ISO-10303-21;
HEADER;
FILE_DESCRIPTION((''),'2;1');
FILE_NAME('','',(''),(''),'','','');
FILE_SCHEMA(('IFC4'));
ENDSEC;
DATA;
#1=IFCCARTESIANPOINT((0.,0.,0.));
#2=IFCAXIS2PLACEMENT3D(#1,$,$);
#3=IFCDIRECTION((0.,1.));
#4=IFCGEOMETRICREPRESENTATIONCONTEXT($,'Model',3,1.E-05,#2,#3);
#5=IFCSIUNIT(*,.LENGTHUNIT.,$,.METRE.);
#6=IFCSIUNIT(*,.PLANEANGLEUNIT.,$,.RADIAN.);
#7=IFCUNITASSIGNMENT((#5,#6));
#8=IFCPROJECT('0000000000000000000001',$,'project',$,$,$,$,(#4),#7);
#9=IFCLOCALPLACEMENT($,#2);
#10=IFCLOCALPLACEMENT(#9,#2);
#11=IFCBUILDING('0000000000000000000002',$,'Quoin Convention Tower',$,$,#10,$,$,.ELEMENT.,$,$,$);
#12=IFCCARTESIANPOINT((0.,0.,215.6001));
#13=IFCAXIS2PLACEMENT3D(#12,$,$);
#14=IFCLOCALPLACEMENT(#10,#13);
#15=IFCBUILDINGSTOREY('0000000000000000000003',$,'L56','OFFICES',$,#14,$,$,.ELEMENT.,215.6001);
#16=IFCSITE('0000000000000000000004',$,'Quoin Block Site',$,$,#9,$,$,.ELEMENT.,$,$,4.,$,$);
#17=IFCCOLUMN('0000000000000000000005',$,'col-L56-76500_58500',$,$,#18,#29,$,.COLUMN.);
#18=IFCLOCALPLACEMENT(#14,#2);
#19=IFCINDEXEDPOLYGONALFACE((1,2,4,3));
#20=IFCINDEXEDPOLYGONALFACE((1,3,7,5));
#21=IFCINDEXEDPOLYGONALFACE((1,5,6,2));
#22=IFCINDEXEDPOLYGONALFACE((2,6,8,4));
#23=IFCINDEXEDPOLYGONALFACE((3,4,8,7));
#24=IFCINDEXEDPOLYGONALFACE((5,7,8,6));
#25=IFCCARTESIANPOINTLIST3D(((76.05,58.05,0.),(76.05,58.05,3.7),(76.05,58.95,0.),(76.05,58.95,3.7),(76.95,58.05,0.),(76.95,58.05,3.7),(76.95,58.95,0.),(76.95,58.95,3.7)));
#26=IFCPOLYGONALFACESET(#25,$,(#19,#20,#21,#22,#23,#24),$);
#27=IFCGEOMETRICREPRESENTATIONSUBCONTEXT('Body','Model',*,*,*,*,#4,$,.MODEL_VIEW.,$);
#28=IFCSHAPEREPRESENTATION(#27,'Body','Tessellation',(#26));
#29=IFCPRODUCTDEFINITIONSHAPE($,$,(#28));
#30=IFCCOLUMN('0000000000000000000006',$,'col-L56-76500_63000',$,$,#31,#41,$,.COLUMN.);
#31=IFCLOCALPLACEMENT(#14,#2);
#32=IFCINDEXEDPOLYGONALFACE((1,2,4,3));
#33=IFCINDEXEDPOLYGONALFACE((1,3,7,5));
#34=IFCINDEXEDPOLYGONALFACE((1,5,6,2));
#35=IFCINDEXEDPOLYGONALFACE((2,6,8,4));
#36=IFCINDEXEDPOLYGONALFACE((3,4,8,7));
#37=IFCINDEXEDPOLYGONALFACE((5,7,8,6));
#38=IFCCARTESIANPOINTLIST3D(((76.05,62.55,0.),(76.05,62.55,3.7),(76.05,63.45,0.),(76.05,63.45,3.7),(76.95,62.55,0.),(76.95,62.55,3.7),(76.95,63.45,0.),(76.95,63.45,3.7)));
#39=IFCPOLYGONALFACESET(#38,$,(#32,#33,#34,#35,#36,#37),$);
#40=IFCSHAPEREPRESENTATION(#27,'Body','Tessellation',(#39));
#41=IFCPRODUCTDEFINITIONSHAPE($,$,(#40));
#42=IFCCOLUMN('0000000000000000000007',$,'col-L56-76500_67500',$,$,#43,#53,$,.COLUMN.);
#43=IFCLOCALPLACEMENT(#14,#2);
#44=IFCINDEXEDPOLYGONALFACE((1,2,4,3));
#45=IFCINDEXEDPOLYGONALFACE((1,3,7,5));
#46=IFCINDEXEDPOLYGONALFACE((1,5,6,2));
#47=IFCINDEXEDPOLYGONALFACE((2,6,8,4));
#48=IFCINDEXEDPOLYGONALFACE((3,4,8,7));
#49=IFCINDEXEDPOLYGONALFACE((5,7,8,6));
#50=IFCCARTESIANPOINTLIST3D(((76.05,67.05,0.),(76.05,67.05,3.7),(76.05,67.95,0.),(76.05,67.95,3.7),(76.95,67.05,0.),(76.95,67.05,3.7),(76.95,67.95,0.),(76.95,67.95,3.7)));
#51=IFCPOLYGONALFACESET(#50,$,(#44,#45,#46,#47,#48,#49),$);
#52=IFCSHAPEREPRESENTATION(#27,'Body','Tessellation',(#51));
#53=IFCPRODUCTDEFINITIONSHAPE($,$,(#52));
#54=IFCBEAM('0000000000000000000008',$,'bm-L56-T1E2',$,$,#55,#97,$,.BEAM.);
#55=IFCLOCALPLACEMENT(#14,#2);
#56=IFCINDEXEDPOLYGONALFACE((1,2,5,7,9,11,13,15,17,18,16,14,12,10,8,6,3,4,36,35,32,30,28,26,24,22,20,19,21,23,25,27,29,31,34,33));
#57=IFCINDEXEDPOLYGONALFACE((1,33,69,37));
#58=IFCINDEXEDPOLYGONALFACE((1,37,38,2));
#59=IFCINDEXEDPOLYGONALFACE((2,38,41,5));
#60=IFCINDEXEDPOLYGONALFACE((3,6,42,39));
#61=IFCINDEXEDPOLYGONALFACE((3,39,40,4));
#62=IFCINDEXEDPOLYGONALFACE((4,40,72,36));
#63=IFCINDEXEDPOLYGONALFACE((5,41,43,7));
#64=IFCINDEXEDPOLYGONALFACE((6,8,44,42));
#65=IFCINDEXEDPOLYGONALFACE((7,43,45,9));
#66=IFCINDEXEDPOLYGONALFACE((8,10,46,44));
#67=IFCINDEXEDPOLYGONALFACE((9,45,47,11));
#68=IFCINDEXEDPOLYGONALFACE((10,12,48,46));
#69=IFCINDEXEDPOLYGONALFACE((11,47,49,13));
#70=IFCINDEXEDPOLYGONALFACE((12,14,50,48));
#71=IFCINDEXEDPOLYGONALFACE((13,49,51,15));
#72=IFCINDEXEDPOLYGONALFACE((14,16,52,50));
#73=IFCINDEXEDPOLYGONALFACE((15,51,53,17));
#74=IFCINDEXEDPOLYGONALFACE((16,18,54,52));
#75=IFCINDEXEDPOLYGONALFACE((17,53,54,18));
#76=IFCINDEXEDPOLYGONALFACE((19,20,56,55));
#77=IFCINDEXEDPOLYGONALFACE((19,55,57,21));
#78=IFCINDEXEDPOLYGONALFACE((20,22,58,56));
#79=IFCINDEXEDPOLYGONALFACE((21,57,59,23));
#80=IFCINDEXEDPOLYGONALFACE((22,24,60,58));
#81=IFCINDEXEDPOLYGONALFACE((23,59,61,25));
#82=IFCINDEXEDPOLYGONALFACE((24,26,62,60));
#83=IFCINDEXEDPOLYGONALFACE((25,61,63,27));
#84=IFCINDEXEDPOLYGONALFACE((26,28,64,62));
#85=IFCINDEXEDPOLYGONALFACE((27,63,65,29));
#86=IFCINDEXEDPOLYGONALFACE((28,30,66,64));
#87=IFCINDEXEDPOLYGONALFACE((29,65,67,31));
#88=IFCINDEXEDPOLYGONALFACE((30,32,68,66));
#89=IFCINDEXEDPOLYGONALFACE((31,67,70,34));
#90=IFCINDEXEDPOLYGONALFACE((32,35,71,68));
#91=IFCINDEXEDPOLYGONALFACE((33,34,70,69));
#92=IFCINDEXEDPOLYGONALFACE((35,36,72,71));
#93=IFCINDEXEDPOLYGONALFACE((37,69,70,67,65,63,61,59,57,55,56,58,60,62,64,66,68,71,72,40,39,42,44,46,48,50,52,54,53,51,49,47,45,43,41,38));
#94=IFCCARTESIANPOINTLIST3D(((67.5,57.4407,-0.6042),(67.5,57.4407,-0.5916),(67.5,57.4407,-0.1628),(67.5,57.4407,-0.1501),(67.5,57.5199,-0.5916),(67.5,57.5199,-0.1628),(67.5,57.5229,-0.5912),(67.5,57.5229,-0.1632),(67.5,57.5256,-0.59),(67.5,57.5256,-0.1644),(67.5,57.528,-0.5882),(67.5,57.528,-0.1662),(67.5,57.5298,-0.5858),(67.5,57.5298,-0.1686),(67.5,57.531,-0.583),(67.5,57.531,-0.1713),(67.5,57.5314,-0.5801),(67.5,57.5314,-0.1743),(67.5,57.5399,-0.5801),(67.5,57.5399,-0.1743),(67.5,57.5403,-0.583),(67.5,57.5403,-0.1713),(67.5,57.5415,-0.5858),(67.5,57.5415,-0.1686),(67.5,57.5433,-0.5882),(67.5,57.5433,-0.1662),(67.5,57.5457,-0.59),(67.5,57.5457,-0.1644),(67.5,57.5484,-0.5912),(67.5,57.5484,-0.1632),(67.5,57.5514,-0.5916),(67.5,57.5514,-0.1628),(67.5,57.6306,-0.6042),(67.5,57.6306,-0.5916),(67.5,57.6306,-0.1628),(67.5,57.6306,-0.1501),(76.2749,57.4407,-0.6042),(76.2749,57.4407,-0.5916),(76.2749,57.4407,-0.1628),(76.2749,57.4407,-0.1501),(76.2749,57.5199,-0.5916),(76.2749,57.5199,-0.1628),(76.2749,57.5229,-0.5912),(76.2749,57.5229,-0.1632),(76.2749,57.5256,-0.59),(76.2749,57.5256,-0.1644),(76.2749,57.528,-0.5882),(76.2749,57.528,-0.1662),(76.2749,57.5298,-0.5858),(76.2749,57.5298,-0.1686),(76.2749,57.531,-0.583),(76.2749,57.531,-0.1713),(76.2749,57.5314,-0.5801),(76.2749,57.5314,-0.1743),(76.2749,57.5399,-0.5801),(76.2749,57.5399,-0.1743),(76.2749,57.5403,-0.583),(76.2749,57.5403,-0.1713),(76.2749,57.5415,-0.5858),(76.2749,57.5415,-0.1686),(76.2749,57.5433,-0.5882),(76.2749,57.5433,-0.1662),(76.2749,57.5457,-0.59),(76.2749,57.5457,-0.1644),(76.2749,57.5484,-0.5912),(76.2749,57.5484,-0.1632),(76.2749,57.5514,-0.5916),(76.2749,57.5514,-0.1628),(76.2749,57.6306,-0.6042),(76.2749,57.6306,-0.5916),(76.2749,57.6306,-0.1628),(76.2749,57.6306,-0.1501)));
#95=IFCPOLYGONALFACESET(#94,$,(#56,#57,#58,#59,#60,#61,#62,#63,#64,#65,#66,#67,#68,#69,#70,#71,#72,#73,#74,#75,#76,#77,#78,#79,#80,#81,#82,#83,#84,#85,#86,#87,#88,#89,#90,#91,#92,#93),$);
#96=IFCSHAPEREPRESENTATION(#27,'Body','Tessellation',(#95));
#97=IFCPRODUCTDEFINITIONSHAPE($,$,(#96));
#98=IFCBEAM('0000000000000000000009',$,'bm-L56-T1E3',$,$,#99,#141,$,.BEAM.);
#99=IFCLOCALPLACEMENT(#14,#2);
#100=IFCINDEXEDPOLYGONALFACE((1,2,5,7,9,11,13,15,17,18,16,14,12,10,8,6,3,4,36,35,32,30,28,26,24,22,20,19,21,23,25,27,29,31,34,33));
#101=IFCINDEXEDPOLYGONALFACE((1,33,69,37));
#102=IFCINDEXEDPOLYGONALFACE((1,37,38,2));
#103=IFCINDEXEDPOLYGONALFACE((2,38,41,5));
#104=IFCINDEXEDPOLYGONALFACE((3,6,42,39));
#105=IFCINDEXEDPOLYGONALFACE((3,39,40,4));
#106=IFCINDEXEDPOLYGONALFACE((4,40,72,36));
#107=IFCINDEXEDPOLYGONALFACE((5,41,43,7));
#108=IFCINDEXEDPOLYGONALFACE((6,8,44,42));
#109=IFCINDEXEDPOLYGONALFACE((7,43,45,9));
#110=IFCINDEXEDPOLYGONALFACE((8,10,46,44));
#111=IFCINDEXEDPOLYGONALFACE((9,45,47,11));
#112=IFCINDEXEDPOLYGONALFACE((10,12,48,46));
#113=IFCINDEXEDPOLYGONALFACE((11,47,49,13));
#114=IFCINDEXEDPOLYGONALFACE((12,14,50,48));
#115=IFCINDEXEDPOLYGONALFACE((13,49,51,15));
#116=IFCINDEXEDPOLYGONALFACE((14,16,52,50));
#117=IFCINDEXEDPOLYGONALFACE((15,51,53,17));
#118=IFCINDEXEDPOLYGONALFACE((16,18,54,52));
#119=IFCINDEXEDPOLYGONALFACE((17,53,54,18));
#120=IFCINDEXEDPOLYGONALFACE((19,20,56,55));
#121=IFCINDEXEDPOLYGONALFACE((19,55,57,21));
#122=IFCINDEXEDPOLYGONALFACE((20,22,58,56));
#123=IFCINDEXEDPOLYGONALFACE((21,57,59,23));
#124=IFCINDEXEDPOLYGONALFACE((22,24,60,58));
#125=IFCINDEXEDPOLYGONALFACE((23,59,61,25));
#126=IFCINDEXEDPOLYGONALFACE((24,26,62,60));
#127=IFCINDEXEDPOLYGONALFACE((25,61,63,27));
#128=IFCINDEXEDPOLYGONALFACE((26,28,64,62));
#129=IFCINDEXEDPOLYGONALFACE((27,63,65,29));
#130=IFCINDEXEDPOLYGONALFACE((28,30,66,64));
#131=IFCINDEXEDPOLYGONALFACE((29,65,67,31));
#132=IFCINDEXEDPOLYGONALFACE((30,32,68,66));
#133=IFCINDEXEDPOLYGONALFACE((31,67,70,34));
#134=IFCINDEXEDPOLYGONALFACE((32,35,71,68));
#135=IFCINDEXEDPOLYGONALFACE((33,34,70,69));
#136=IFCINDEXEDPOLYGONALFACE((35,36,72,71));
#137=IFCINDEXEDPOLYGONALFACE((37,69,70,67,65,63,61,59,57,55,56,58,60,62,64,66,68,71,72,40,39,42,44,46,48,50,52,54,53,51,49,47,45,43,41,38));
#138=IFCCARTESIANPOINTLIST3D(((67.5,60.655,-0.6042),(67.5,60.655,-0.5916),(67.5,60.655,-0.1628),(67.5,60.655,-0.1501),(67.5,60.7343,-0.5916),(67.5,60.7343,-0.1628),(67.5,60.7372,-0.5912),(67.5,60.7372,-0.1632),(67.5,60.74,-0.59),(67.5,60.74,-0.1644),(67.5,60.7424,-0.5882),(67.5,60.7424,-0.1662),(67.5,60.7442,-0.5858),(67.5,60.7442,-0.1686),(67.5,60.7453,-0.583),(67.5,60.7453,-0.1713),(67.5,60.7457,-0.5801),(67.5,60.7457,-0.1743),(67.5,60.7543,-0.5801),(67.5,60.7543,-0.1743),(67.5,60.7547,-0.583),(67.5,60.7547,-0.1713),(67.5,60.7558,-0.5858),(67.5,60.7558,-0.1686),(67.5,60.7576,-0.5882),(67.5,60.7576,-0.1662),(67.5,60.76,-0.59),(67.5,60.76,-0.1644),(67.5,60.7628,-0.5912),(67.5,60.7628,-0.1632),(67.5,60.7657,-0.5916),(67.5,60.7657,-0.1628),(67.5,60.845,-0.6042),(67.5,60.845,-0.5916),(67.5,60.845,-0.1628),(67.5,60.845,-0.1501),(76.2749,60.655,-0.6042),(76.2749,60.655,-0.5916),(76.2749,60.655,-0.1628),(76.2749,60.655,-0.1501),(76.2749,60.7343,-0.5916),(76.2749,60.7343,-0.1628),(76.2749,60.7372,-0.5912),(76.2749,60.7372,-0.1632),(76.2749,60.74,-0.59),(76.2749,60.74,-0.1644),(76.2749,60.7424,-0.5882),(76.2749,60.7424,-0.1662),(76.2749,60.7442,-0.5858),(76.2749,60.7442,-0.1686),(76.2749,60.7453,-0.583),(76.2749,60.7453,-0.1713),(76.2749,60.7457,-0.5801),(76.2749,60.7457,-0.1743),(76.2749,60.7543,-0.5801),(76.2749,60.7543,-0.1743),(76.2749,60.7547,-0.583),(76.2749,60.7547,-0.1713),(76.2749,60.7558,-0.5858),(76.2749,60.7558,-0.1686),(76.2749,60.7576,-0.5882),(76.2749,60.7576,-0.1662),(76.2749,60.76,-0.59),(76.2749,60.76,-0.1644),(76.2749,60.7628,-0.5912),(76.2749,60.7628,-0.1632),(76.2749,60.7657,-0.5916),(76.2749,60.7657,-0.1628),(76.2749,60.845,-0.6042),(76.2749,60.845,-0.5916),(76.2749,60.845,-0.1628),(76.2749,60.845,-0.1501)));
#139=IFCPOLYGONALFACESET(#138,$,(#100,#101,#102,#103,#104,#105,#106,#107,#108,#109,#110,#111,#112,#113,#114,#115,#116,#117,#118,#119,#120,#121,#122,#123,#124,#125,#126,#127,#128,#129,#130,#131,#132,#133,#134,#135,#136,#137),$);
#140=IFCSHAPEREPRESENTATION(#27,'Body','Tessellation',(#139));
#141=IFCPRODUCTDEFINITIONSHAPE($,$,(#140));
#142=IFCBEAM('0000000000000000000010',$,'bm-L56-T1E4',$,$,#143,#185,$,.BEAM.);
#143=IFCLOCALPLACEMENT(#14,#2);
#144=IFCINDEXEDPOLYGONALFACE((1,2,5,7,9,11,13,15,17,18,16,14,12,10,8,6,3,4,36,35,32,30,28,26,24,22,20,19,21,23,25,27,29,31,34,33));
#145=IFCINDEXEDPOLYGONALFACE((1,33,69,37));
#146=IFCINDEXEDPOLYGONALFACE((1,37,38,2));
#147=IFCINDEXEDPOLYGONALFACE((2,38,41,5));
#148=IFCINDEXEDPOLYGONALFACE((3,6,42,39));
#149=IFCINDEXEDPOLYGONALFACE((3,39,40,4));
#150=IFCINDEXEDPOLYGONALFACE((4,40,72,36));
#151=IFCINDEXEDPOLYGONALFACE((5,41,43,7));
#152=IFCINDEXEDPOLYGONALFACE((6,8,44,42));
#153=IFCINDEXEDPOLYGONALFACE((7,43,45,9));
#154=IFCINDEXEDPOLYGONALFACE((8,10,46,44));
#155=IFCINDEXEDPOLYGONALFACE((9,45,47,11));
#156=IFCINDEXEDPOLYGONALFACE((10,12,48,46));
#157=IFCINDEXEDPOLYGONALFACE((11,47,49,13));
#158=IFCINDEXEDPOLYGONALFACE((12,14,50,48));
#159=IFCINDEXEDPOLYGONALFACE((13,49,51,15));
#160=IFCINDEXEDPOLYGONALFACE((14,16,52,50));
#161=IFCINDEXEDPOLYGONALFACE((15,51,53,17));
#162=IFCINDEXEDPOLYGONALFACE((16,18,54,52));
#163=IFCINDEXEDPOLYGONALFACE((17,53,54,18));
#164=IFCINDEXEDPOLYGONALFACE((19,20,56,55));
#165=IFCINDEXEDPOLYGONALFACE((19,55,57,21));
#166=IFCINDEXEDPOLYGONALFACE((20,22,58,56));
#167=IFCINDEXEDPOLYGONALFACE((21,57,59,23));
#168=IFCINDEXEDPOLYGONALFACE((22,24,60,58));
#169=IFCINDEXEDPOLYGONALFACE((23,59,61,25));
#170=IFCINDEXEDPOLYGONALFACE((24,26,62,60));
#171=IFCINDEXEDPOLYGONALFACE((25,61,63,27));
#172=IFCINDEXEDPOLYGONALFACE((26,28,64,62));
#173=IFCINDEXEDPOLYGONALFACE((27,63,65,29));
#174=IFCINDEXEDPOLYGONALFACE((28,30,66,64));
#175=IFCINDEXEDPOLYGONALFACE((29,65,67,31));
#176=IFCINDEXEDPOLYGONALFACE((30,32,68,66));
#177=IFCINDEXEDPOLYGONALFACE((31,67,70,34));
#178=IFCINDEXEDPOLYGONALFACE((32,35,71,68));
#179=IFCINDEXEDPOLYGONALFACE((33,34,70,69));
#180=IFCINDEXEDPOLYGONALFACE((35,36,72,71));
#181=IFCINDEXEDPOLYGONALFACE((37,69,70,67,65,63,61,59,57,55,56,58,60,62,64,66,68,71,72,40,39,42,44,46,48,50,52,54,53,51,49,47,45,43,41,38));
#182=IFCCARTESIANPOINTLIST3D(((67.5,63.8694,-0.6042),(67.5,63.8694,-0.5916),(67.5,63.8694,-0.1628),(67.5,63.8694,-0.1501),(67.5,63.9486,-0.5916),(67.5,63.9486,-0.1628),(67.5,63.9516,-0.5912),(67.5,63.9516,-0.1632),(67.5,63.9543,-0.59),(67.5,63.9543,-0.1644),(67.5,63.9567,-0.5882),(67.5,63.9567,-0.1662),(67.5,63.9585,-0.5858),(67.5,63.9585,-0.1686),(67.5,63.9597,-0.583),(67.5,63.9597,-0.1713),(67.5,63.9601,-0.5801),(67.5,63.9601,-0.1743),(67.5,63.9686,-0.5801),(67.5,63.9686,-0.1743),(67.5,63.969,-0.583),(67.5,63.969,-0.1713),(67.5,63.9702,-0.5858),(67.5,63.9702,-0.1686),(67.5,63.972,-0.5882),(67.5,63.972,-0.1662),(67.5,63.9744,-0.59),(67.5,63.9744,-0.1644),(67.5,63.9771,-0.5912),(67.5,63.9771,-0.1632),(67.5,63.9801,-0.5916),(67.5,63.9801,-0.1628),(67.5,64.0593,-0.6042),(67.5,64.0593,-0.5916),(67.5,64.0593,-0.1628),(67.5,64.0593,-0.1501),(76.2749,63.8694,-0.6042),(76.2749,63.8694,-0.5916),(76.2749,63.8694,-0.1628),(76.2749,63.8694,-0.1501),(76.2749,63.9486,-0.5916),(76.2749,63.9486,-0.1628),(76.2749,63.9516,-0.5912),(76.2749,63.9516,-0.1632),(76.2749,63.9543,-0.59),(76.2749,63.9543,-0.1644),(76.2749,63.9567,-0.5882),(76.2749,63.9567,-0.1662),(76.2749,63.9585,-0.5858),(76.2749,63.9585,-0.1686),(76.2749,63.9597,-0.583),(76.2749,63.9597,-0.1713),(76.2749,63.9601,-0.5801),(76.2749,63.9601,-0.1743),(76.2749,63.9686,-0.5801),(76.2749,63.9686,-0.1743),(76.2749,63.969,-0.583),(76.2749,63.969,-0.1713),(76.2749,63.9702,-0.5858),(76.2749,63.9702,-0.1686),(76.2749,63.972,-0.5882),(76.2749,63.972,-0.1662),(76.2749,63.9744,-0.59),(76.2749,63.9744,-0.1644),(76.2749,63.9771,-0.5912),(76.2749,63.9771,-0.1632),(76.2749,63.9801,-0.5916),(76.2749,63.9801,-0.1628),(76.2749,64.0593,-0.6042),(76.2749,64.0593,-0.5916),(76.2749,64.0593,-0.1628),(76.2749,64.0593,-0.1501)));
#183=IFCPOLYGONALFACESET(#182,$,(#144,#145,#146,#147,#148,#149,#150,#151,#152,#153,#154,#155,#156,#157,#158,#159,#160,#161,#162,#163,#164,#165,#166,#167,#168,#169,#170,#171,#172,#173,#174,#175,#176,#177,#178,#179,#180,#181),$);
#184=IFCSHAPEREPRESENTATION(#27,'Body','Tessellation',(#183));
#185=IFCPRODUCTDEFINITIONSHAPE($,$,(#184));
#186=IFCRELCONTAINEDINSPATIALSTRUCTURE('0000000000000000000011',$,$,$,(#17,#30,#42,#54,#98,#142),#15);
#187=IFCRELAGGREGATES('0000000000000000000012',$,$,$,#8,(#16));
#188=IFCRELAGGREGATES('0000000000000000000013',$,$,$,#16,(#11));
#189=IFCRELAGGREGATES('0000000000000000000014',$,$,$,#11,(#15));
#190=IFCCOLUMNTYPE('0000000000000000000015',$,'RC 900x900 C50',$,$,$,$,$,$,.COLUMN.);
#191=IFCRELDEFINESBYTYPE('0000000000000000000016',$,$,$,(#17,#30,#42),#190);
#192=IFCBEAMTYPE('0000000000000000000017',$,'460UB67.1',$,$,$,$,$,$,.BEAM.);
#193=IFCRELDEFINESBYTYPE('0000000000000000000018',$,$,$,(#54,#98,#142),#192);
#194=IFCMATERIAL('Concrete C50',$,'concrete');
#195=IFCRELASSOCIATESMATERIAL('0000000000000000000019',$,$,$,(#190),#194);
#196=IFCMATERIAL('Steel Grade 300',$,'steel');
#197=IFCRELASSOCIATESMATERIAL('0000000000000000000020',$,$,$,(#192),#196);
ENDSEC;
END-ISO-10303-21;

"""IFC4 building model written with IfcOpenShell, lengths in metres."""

from ifc_helpers import new_model, si_unit, direction, frame, origin, origin_2d, place, context, subcontext, project, spatial, rectangle, i_section, extrude, material, material_profile, profile_set, type_object, element, save


model = new_model("IFC4")

# Units and contexts
model_context = context("Model", 3, precision=1e-05, world=origin(), true_north=direction((0.0, 1.0)))
body_context = subcontext(model_context, "Body", "Model", "MODEL_VIEW")
ifc_project = project(units=[si_unit("LENGTHUNIT", "METRE"), si_unit("PLANEANGLEUNIT", "RADIAN")], contexts=[model_context])

# Site, building, storey
site_placement = place(None, origin())
site = spatial("IfcSite", under=ifc_project, at=site_placement, Name="Quoin Block Site", CompositionType="ELEMENT", RefElevation=4.0)
building_placement = place(site_placement, origin())
building = spatial("IfcBuilding", under=site, at=building_placement, Name="Quoin Convention Tower", CompositionType="ELEMENT")
storey_placement = place(building_placement, frame((0.0, 0.0, 215.6001)))
storey = spatial("IfcBuildingStorey", under=building, at=storey_placement, Name="L56", Description="OFFICES", CompositionType="ELEMENT", Elevation=215.6001)

# Columns
ifc_material_1 = material(Name="Concrete C50", Category="concrete")
ifc_material_profile_1 = material_profile(ifc_material_1, rectangle(XDim=0.8999, YDim=0.8999, at=origin_2d()), Name="RC 900x900")
ifc_profile_set_1 = profile_set([ifc_material_profile_1], Name="Concrete C50")
column_type = type_object("IfcColumnType", Name="RC 900x900 C50", PredefinedType="COLUMN", material=ifc_profile_set_1)
for number, where, z_axis, x_axis, name in (
    (1, (76.5, 58.5, 0.0), (0.0, 0.0, 1.0), (1.0, 0.0, 0.0), "col-L56-76500_58500"),
    (2, (76.5, 63.0, 0.0), (0.0, 0.0, 1.0), (1.0, 0.0, 0.0), "col-L56-76500_63000"),
    (3, (76.5, 67.5, 0.0), (0.0, 0.0, 1.0), (1.0, 0.0, 0.0), "col-L56-76500_67500"),
):
    element("IfcColumn", number, at=place(storey_placement, frame(where, z_axis=z_axis, x_axis=x_axis)), inside=storey, type_object=column_type, Name=name, PredefinedType="COLUMN", context=body_context, shape_type="SweptSolid", body=[
        extrude(rectangle(XDim=0.8999, YDim=0.8999, at=origin_2d()), origin(), (0.0, 0.0, 1.0), 3.7),
    ])

# Beams
ifc_material_2 = material(Name="Steel Grade 300", Category="steel")
ifc_material_profile_2 = material_profile(ifc_material_2, i_section(OverallWidth=0.1899, OverallDepth=0.4541, WebThickness=0.0085, FlangeThickness=0.0127, FilletRadius=0.0115, at=origin_2d()), Name="460UB67.1")
ifc_profile_set_2 = profile_set([ifc_material_profile_2], Name="Steel Grade 300")
beam_type_1 = type_object("IfcBeamType", Name="460UB67.1", PredefinedType="BEAM", material=ifc_profile_set_2)
for number, where, z_axis, x_axis, name in (
    (4, (67.5, 57.5356, -0.3772), (1.0, 0.0, 0.0), (0.0, 1.0, 0.0), "bm-L56-T1E2"),
    (5, (67.5, 60.75, -0.3772), (1.0, 0.0, 0.0), (0.0, 1.0, 0.0), "bm-L56-T1E3"),
    (6, (67.5, 63.9644, -0.3772), (1.0, 0.0, 0.0), (0.0, 1.0, 0.0), "bm-L56-T1E4"),
):
    element("IfcBeam", number, at=place(storey_placement, frame(where, z_axis=z_axis, x_axis=x_axis)), inside=storey, type_object=beam_type_1, Name=name, PredefinedType="BEAM", context=body_context, shape_type="SweptSolid", body=[
        extrude(i_section(OverallWidth=0.1899, OverallDepth=0.4541, WebThickness=0.0085, FlangeThickness=0.0127, FilletRadius=0.0115, at=origin_2d()), origin(), (0.0, 0.0, 1.0), 8.7749),
    ])

save(model, "model.ifc")
